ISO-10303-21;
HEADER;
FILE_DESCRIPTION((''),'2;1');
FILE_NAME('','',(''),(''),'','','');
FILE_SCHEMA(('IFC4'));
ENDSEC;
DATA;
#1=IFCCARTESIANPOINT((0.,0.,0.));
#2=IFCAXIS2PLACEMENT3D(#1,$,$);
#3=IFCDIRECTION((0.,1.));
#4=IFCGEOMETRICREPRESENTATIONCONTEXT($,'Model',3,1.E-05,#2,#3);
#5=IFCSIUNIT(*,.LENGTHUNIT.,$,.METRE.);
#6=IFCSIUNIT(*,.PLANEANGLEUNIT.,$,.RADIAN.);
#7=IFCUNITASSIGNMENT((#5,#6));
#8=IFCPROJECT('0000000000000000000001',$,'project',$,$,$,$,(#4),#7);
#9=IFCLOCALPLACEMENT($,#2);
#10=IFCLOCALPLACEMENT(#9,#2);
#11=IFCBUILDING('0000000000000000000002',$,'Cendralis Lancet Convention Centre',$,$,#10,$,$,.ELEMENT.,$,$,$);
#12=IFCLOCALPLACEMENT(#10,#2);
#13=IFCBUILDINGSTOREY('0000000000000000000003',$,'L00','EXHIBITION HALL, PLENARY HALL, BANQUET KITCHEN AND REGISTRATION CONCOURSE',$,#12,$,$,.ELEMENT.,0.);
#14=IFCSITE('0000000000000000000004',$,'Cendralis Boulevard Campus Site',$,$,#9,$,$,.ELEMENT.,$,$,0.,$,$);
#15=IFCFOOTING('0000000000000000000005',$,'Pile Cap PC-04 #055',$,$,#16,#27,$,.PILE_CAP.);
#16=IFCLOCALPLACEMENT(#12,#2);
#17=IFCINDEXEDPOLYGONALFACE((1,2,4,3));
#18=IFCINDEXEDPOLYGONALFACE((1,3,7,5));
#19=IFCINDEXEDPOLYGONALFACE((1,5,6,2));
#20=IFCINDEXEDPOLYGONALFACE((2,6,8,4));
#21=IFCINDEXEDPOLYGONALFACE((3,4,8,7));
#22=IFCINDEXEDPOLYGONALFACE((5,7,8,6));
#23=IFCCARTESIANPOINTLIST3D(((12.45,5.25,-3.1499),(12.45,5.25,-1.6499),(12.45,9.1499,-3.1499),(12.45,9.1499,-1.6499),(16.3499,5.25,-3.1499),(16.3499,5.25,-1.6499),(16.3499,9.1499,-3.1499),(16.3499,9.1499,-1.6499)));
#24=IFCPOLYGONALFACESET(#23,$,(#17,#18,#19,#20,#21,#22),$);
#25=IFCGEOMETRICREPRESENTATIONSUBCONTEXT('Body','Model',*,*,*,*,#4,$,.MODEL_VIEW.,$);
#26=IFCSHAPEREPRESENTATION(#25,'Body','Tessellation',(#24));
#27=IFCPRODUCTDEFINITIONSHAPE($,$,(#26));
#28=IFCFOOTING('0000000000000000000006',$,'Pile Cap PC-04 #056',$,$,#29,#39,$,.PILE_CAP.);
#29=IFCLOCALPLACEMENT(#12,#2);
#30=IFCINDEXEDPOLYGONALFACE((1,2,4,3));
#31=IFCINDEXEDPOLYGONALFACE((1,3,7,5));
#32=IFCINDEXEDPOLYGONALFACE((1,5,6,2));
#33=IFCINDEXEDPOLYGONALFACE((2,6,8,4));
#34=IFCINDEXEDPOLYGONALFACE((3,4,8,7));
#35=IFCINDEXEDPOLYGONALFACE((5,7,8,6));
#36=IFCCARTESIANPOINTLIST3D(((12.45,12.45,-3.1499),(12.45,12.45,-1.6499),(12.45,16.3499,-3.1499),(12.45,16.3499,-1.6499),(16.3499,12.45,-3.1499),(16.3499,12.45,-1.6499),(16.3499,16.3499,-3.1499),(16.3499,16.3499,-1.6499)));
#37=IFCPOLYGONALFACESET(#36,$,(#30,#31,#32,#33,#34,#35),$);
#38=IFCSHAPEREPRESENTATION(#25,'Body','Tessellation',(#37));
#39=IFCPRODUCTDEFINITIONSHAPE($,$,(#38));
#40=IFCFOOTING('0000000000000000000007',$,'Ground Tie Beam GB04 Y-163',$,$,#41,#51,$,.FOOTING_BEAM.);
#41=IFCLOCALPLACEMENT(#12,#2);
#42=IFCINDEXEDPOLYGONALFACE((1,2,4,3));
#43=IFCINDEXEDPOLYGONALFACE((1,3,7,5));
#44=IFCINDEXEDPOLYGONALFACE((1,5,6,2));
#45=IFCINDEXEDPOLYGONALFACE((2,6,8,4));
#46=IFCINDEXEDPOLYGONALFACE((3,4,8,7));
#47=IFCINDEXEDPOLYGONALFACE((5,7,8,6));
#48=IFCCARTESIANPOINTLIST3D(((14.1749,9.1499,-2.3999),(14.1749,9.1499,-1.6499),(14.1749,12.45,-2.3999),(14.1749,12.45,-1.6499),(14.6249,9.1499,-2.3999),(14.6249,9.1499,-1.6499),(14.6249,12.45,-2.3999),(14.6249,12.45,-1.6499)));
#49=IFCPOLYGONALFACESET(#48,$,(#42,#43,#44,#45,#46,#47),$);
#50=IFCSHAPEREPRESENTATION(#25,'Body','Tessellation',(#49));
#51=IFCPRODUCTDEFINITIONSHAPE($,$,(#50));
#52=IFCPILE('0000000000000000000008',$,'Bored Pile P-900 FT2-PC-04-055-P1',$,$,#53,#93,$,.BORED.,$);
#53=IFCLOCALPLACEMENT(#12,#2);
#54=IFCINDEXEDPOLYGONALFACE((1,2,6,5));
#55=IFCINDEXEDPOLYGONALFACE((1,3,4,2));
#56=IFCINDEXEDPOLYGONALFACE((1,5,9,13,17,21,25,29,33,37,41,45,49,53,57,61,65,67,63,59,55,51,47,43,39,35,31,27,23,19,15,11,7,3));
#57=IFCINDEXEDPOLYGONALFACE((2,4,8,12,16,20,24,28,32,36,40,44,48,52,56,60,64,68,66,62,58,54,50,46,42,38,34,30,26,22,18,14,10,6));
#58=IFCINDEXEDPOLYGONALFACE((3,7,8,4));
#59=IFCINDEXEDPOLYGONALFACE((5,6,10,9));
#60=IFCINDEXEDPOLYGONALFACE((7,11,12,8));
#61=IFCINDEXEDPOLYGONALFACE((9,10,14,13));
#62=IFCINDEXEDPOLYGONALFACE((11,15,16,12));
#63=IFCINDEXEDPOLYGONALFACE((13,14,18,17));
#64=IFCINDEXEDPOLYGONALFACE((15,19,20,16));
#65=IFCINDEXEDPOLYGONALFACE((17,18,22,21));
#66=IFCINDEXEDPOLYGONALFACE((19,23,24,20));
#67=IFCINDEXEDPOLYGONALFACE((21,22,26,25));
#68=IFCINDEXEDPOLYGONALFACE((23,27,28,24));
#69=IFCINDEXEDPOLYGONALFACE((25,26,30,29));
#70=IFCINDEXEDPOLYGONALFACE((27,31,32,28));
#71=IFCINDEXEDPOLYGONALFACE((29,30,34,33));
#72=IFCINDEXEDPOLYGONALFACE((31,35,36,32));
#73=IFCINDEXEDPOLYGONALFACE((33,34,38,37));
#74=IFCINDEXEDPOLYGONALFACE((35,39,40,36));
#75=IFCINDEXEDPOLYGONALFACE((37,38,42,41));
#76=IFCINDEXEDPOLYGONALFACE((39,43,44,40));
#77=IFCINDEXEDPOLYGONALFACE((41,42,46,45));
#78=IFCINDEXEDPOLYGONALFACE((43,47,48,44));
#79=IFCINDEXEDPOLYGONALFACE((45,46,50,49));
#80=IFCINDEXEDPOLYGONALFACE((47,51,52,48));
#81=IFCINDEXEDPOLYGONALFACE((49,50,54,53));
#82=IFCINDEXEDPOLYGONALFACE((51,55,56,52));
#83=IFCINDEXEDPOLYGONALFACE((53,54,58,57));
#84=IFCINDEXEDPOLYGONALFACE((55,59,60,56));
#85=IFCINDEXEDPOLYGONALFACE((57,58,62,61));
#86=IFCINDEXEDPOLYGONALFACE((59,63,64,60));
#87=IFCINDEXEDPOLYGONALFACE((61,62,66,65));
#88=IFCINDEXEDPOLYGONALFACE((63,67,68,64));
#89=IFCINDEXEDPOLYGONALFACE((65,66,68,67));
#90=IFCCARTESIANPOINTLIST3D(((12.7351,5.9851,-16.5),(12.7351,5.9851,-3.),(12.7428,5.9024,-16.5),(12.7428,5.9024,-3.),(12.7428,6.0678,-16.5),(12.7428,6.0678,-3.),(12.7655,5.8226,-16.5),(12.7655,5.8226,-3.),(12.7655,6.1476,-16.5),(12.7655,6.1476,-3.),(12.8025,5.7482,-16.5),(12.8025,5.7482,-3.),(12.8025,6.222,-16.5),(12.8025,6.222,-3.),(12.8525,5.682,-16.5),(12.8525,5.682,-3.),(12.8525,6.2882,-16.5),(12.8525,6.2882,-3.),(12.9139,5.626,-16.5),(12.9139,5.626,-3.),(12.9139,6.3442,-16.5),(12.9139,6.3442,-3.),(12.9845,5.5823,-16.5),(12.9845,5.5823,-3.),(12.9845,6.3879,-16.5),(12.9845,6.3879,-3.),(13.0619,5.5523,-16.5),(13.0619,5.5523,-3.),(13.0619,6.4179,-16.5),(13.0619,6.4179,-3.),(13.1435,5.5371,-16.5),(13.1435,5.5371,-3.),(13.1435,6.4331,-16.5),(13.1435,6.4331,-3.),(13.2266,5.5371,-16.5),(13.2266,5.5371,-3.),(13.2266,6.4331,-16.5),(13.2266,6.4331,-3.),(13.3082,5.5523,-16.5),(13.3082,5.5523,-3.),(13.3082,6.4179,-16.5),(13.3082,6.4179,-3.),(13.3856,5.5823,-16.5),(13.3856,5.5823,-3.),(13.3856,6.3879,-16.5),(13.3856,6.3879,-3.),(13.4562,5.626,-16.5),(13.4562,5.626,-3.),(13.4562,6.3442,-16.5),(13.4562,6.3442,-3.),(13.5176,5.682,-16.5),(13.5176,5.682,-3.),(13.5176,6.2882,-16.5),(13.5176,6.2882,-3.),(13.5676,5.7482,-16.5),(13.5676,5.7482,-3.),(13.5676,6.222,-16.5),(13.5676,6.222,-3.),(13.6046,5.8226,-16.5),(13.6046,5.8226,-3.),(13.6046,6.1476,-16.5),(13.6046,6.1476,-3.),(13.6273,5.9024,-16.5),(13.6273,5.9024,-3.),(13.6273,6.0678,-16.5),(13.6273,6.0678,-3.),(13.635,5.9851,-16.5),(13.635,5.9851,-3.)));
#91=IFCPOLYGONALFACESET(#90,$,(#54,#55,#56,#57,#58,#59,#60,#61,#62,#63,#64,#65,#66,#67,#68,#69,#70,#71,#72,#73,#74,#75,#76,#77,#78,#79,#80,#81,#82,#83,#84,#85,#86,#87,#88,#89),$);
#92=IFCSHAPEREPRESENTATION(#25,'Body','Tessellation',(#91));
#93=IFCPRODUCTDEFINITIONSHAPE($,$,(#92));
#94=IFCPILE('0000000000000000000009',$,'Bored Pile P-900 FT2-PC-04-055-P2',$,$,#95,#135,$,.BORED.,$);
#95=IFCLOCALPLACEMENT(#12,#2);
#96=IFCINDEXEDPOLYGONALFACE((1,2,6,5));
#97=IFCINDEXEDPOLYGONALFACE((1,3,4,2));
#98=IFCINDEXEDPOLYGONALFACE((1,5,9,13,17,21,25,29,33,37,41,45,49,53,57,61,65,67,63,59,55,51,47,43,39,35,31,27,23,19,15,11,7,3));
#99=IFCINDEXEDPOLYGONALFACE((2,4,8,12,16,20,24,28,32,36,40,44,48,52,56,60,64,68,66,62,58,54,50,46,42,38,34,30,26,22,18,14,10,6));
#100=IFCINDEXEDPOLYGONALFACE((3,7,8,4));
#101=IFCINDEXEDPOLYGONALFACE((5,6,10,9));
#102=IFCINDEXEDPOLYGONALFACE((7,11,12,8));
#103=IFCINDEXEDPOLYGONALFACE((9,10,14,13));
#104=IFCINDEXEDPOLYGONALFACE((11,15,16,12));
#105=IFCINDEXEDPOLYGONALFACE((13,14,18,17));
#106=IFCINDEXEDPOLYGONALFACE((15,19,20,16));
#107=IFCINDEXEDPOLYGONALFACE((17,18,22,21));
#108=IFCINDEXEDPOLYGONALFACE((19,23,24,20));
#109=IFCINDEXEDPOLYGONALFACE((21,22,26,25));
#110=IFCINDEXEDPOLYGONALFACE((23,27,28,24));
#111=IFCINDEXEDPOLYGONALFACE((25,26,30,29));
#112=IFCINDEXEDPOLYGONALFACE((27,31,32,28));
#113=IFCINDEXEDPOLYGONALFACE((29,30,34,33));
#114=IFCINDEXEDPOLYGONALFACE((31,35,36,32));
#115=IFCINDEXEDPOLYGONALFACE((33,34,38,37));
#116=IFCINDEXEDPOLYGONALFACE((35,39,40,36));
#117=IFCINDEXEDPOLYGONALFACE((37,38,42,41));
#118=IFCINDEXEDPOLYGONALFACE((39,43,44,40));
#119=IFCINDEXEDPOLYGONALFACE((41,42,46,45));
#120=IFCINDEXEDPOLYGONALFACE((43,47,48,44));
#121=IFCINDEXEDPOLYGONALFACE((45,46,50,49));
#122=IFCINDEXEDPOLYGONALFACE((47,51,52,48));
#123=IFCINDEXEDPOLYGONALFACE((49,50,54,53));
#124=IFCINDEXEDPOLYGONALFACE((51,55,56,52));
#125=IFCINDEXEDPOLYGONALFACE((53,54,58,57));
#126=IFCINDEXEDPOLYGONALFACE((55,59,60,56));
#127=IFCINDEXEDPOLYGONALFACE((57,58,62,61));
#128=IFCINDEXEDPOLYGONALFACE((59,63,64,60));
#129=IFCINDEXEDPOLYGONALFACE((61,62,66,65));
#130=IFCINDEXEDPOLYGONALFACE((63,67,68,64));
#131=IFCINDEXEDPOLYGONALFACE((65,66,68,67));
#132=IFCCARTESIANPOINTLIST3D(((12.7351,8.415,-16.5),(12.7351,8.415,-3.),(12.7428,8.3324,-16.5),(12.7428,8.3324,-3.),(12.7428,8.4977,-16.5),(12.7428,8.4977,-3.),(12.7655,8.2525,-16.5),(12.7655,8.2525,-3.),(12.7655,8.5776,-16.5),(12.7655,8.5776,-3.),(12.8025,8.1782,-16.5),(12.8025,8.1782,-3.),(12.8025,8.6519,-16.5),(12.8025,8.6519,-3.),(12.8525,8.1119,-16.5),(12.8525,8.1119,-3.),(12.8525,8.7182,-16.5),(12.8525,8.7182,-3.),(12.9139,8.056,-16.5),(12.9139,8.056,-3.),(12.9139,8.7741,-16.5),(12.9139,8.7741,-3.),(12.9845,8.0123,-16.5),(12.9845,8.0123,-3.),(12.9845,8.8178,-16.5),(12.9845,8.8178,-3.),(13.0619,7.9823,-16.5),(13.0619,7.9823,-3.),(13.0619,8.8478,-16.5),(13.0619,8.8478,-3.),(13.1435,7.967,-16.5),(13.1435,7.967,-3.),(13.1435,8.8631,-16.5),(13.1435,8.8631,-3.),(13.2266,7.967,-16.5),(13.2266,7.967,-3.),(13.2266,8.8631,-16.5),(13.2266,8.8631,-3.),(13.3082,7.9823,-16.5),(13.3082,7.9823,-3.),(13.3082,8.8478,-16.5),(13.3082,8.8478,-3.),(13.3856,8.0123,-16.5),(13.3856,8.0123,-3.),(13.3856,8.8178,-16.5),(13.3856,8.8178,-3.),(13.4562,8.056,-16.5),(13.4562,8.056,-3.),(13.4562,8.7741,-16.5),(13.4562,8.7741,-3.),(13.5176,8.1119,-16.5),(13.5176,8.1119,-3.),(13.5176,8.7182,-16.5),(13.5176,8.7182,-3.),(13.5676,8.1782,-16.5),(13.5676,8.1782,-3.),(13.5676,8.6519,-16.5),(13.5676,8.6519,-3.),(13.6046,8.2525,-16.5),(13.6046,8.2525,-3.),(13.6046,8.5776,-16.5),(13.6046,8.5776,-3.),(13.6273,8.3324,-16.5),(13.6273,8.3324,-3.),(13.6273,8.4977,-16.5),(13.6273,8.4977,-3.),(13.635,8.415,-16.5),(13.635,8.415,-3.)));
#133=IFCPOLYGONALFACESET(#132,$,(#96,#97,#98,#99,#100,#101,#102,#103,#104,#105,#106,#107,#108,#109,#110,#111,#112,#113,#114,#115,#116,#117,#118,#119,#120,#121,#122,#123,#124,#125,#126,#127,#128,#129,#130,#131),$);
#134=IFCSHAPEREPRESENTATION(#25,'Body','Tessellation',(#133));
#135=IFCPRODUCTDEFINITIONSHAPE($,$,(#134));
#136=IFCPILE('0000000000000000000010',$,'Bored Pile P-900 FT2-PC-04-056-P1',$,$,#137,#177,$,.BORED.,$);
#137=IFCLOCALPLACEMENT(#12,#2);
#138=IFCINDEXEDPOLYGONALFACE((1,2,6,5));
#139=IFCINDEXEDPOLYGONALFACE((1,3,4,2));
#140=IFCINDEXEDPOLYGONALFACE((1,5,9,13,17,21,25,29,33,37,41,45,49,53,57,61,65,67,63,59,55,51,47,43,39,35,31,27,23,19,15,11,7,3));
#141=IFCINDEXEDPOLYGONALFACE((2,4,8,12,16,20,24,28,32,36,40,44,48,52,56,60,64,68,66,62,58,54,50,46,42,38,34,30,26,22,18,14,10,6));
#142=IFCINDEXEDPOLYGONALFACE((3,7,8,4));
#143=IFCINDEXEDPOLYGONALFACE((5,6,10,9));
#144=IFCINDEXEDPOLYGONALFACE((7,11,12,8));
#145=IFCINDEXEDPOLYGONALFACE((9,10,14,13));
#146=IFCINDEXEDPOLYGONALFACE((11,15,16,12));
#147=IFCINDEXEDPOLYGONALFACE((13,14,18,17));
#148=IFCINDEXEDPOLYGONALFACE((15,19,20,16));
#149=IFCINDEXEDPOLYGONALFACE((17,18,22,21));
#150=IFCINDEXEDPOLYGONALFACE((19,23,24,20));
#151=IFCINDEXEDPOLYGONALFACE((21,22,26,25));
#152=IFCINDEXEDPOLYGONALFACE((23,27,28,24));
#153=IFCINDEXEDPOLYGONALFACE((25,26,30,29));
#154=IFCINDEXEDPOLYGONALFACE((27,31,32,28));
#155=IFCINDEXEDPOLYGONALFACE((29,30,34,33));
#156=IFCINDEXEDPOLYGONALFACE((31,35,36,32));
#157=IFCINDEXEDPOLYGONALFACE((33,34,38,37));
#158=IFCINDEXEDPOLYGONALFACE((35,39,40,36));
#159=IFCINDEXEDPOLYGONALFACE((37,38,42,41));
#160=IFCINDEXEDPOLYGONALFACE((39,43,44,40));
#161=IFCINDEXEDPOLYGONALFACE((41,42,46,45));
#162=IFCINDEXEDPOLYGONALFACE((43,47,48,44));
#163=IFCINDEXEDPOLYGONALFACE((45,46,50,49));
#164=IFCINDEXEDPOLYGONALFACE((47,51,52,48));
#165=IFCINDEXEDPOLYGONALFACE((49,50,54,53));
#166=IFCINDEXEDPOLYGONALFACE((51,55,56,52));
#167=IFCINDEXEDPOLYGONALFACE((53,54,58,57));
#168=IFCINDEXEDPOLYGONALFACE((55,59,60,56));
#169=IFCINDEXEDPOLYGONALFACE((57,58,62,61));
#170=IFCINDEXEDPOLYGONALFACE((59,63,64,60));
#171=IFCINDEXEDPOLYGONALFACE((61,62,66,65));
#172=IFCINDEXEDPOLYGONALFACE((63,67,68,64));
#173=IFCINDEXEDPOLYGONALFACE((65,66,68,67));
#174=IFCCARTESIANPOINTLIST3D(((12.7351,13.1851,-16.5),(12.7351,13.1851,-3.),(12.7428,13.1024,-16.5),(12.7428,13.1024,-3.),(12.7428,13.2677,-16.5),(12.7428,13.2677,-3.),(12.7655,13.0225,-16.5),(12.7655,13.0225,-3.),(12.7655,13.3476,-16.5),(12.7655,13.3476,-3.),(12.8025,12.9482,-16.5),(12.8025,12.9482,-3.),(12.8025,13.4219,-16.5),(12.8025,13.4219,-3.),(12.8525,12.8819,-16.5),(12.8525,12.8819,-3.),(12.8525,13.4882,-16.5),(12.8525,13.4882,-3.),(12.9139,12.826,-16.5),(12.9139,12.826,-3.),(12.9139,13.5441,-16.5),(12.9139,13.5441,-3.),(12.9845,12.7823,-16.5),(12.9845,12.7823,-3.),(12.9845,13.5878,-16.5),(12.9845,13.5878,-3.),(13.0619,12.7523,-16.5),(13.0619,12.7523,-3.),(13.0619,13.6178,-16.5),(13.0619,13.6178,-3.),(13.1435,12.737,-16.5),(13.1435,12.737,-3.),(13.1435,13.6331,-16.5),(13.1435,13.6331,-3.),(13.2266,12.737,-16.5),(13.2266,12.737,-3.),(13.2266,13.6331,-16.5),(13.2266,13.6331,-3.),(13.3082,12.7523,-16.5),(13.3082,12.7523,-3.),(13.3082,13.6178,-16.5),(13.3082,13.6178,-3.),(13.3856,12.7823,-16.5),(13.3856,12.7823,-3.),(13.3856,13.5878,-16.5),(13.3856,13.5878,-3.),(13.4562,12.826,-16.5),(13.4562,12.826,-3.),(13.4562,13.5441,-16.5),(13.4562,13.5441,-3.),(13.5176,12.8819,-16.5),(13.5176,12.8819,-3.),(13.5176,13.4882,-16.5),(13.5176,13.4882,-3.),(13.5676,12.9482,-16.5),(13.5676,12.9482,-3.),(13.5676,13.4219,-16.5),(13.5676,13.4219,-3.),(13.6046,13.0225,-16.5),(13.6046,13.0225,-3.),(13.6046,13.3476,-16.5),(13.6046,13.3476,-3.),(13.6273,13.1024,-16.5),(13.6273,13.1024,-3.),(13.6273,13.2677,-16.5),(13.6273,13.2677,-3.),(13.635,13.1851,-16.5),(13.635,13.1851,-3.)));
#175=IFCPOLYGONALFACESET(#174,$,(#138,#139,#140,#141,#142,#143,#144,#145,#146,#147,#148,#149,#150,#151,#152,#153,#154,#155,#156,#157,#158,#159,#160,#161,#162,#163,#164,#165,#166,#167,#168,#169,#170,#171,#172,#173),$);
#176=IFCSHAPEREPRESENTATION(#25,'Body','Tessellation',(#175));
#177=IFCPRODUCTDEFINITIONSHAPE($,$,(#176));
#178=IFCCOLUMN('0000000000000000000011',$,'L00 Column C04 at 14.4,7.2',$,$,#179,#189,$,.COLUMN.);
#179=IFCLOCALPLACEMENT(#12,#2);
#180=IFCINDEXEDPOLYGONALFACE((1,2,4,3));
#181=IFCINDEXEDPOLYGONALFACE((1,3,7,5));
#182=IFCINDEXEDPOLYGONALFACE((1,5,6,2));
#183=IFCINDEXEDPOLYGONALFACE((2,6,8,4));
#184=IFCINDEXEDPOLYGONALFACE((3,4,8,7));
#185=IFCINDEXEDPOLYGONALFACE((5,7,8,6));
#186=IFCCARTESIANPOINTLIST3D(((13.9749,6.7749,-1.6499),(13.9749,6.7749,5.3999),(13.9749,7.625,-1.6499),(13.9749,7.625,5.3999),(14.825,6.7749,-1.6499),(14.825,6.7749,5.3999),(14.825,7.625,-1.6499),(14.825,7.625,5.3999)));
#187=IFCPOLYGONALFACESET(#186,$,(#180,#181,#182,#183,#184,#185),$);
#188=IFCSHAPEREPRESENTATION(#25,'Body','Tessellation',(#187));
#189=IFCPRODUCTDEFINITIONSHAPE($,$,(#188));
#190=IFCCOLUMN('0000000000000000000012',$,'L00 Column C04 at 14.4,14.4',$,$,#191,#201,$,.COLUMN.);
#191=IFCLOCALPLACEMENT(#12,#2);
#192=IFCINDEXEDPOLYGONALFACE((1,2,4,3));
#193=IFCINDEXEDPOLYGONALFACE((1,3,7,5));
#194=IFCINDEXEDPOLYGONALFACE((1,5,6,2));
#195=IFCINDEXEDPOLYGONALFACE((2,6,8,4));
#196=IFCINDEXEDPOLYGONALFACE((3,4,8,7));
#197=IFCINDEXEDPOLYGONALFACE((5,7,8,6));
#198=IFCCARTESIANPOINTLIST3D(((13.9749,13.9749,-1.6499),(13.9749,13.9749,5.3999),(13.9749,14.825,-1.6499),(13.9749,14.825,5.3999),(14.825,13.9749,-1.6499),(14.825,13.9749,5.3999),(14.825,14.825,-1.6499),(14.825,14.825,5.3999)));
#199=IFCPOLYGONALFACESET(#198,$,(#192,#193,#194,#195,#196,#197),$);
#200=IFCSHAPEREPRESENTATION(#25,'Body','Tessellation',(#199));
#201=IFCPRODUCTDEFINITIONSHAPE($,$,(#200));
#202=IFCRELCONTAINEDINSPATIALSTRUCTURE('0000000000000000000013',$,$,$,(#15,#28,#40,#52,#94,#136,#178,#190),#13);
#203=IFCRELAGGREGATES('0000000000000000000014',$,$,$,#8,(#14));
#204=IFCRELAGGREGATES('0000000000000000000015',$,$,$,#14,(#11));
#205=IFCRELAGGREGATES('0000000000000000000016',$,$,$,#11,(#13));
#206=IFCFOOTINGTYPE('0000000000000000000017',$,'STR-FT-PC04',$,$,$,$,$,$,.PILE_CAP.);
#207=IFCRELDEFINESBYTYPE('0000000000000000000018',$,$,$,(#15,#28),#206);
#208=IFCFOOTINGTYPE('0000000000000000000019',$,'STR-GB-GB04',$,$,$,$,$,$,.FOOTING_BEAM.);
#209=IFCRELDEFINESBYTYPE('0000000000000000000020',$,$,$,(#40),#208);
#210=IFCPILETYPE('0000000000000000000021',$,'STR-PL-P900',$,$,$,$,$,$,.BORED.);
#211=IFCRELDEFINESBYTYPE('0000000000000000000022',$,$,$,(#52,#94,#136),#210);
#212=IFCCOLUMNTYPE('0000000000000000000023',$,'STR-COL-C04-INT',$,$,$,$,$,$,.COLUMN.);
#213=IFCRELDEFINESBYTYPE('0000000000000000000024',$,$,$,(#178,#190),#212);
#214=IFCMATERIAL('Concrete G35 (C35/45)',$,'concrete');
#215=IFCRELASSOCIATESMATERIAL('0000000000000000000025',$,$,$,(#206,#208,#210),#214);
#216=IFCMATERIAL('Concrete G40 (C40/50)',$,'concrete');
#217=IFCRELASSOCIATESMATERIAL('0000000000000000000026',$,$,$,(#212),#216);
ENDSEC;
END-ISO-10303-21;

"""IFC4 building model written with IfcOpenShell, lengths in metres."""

from ifc_helpers import new_model, si_unit, direction, frame, origin, origin_2d, place, context, subcontext, project, spatial, rectangle, circle, extrude, material, material_profile, profile_set, type_object, element, save


model = new_model("IFC4")

# Units and contexts
model_context = context("Model", 3, precision=1e-05, world=origin(), true_north=direction((0.0, 1.0)))
body_context = subcontext(model_context, "Body", "Model", "MODEL_VIEW")
ifc_project = project(units=[si_unit("LENGTHUNIT", "METRE"), si_unit("PLANEANGLEUNIT", "RADIAN")], contexts=[model_context])

# Site, building, storey
site_placement = place(None, origin())
site = spatial("IfcSite", under=ifc_project, at=site_placement, Name="Cendralis Boulevard Campus Site", CompositionType="ELEMENT", RefElevation=0.0)
building_placement = place(site_placement, origin())
building = spatial("IfcBuilding", under=site, at=building_placement, Name="Cendralis Lancet Convention Centre", CompositionType="ELEMENT")
storey_placement = place(building_placement, origin())
storey = spatial("IfcBuildingStorey", under=building, at=storey_placement, Name="L00", Description="EXHIBITION HALL, PLENARY HALL, BANQUET KITCHEN AND REGISTRATION CONCOURSE", CompositionType="ELEMENT", Elevation=0.0)

# Footings
ifc_material_1 = material(Name="Concrete G35 (C35/45)", Category="concrete")
footing_type_1 = type_object("IfcFootingType", Name="STR-FT-PC04", PredefinedType="PILE_CAP", material=ifc_material_1)
for number, where, z_axis, x_axis, name in (
    (1, (14.3999, 7.2, -3.1499), (0.0, 0.0, 1.0), (1.0, 0.0, 0.0), "Pile Cap PC-04 #055"),
    (2, (14.3999, 14.3999, -3.1499), (0.0, 0.0, 1.0), (1.0, 0.0, 0.0), "Pile Cap PC-04 #056"),
):
    element("IfcFooting", number, at=place(storey_placement, frame(where, z_axis=z_axis, x_axis=x_axis)), inside=storey, type_object=footing_type_1, Name=name, PredefinedType="PILE_CAP", context=body_context, shape_type="SweptSolid", body=[
        extrude(rectangle(XDim=3.8999, YDim=3.8999, at=origin_2d()), origin(), (0.0, 0.0, 1.0), 1.5),
    ])
ifc_material_profile_1 = material_profile(ifc_material_1, rectangle(XDim=0.45, YDim=0.75, at=origin_2d()), Name="RCB 450x750")
ifc_profile_set_1 = profile_set([ifc_material_profile_1], Name="Concrete G35 (C35/45)")
footing_type_2 = type_object("IfcFootingType", Name="STR-GB-GB04", PredefinedType="FOOTING_BEAM", material=ifc_profile_set_1)
footing_placement = place(storey_placement, frame((14.3999, 9.1499, -2.0249), z_axis=(0.0, 1.0, 0.0), x_axis=(-1.0, 0.0, 0.0)))
element("IfcFooting", 3, at=footing_placement, inside=storey, type_object=footing_type_2, Name="Ground Tie Beam GB04 Y-163", PredefinedType="FOOTING_BEAM", context=body_context, shape_type="SweptSolid", body=[
    extrude(rectangle(XDim=0.45, YDim=0.75, at=origin_2d()), origin(), (0.0, 0.0, 1.0), 3.3),
])

# Piles
ifc_material_profile_2 = material_profile(ifc_material_1, circle(Radius=0.45, at=origin_2d()), Name="BORED PILE D900")
ifc_profile_set_2 = profile_set([ifc_material_profile_2], Name="Concrete G35 (C35/45)")
pile_type = type_object("IfcPileType", Name="STR-PL-P900", PredefinedType="BORED", material=ifc_profile_set_2)
for number, where, z_axis, x_axis, name in (
    (4, (13.1851, 5.9851, -3.0), (0.0, 0.0, -1.0), (1.0, 0.0, 0.0), "Bored Pile P-900 FT2-PC-04-055-P1"),
    (5, (13.1851, 8.415, -3.0), (0.0, 0.0, -1.0), (1.0, 0.0, 0.0), "Bored Pile P-900 FT2-PC-04-055-P2"),
    (6, (13.1851, 13.1851, -3.0), (0.0, 0.0, -1.0), (1.0, 0.0, 0.0), "Bored Pile P-900 FT2-PC-04-056-P1"),
):
    element("IfcPile", number, at=place(storey_placement, frame(where, z_axis=z_axis, x_axis=x_axis)), inside=storey, type_object=pile_type, Name=name, PredefinedType="BORED", context=body_context, shape_type="SweptSolid", body=[
        extrude(circle(Radius=0.45, at=origin_2d()), origin(), (0.0, 0.0, 1.0), 13.5),
    ])

# Columns
ifc_material_2 = material(Name="Concrete G40 (C40/50)", Category="concrete")
ifc_material_profile_3 = material_profile(ifc_material_2, rectangle(XDim=0.8501, YDim=0.8501, at=origin_2d()), Name="RC 850x850")
ifc_profile_set_3 = profile_set([ifc_material_profile_3], Name="Concrete G40 (C40/50)")
column_type = type_object("IfcColumnType", Name="STR-COL-C04-INT", PredefinedType="COLUMN", material=ifc_profile_set_3)
for number, where, z_axis, x_axis, name in (
    (7, (14.3999, 7.2, -1.6499), (0.0, 0.0, 1.0), (1.0, 0.0, 0.0), "L00 Column C04 at 14.4,7.2"),
    (8, (14.3999, 14.3999, -1.6499), (0.0, 0.0, 1.0), (1.0, 0.0, 0.0), "L00 Column C04 at 14.4,14.4"),
):
    element("IfcColumn", number, at=place(storey_placement, frame(where, z_axis=z_axis, x_axis=x_axis)), inside=storey, type_object=column_type, Name=name, PredefinedType="COLUMN", context=body_context, shape_type="SweptSolid", body=[
        extrude(rectangle(XDim=0.8501, YDim=0.8501, at=origin_2d()), origin(), (0.0, 0.0, 1.0), 7.0498),
    ])

save(model, "model.ifc")
